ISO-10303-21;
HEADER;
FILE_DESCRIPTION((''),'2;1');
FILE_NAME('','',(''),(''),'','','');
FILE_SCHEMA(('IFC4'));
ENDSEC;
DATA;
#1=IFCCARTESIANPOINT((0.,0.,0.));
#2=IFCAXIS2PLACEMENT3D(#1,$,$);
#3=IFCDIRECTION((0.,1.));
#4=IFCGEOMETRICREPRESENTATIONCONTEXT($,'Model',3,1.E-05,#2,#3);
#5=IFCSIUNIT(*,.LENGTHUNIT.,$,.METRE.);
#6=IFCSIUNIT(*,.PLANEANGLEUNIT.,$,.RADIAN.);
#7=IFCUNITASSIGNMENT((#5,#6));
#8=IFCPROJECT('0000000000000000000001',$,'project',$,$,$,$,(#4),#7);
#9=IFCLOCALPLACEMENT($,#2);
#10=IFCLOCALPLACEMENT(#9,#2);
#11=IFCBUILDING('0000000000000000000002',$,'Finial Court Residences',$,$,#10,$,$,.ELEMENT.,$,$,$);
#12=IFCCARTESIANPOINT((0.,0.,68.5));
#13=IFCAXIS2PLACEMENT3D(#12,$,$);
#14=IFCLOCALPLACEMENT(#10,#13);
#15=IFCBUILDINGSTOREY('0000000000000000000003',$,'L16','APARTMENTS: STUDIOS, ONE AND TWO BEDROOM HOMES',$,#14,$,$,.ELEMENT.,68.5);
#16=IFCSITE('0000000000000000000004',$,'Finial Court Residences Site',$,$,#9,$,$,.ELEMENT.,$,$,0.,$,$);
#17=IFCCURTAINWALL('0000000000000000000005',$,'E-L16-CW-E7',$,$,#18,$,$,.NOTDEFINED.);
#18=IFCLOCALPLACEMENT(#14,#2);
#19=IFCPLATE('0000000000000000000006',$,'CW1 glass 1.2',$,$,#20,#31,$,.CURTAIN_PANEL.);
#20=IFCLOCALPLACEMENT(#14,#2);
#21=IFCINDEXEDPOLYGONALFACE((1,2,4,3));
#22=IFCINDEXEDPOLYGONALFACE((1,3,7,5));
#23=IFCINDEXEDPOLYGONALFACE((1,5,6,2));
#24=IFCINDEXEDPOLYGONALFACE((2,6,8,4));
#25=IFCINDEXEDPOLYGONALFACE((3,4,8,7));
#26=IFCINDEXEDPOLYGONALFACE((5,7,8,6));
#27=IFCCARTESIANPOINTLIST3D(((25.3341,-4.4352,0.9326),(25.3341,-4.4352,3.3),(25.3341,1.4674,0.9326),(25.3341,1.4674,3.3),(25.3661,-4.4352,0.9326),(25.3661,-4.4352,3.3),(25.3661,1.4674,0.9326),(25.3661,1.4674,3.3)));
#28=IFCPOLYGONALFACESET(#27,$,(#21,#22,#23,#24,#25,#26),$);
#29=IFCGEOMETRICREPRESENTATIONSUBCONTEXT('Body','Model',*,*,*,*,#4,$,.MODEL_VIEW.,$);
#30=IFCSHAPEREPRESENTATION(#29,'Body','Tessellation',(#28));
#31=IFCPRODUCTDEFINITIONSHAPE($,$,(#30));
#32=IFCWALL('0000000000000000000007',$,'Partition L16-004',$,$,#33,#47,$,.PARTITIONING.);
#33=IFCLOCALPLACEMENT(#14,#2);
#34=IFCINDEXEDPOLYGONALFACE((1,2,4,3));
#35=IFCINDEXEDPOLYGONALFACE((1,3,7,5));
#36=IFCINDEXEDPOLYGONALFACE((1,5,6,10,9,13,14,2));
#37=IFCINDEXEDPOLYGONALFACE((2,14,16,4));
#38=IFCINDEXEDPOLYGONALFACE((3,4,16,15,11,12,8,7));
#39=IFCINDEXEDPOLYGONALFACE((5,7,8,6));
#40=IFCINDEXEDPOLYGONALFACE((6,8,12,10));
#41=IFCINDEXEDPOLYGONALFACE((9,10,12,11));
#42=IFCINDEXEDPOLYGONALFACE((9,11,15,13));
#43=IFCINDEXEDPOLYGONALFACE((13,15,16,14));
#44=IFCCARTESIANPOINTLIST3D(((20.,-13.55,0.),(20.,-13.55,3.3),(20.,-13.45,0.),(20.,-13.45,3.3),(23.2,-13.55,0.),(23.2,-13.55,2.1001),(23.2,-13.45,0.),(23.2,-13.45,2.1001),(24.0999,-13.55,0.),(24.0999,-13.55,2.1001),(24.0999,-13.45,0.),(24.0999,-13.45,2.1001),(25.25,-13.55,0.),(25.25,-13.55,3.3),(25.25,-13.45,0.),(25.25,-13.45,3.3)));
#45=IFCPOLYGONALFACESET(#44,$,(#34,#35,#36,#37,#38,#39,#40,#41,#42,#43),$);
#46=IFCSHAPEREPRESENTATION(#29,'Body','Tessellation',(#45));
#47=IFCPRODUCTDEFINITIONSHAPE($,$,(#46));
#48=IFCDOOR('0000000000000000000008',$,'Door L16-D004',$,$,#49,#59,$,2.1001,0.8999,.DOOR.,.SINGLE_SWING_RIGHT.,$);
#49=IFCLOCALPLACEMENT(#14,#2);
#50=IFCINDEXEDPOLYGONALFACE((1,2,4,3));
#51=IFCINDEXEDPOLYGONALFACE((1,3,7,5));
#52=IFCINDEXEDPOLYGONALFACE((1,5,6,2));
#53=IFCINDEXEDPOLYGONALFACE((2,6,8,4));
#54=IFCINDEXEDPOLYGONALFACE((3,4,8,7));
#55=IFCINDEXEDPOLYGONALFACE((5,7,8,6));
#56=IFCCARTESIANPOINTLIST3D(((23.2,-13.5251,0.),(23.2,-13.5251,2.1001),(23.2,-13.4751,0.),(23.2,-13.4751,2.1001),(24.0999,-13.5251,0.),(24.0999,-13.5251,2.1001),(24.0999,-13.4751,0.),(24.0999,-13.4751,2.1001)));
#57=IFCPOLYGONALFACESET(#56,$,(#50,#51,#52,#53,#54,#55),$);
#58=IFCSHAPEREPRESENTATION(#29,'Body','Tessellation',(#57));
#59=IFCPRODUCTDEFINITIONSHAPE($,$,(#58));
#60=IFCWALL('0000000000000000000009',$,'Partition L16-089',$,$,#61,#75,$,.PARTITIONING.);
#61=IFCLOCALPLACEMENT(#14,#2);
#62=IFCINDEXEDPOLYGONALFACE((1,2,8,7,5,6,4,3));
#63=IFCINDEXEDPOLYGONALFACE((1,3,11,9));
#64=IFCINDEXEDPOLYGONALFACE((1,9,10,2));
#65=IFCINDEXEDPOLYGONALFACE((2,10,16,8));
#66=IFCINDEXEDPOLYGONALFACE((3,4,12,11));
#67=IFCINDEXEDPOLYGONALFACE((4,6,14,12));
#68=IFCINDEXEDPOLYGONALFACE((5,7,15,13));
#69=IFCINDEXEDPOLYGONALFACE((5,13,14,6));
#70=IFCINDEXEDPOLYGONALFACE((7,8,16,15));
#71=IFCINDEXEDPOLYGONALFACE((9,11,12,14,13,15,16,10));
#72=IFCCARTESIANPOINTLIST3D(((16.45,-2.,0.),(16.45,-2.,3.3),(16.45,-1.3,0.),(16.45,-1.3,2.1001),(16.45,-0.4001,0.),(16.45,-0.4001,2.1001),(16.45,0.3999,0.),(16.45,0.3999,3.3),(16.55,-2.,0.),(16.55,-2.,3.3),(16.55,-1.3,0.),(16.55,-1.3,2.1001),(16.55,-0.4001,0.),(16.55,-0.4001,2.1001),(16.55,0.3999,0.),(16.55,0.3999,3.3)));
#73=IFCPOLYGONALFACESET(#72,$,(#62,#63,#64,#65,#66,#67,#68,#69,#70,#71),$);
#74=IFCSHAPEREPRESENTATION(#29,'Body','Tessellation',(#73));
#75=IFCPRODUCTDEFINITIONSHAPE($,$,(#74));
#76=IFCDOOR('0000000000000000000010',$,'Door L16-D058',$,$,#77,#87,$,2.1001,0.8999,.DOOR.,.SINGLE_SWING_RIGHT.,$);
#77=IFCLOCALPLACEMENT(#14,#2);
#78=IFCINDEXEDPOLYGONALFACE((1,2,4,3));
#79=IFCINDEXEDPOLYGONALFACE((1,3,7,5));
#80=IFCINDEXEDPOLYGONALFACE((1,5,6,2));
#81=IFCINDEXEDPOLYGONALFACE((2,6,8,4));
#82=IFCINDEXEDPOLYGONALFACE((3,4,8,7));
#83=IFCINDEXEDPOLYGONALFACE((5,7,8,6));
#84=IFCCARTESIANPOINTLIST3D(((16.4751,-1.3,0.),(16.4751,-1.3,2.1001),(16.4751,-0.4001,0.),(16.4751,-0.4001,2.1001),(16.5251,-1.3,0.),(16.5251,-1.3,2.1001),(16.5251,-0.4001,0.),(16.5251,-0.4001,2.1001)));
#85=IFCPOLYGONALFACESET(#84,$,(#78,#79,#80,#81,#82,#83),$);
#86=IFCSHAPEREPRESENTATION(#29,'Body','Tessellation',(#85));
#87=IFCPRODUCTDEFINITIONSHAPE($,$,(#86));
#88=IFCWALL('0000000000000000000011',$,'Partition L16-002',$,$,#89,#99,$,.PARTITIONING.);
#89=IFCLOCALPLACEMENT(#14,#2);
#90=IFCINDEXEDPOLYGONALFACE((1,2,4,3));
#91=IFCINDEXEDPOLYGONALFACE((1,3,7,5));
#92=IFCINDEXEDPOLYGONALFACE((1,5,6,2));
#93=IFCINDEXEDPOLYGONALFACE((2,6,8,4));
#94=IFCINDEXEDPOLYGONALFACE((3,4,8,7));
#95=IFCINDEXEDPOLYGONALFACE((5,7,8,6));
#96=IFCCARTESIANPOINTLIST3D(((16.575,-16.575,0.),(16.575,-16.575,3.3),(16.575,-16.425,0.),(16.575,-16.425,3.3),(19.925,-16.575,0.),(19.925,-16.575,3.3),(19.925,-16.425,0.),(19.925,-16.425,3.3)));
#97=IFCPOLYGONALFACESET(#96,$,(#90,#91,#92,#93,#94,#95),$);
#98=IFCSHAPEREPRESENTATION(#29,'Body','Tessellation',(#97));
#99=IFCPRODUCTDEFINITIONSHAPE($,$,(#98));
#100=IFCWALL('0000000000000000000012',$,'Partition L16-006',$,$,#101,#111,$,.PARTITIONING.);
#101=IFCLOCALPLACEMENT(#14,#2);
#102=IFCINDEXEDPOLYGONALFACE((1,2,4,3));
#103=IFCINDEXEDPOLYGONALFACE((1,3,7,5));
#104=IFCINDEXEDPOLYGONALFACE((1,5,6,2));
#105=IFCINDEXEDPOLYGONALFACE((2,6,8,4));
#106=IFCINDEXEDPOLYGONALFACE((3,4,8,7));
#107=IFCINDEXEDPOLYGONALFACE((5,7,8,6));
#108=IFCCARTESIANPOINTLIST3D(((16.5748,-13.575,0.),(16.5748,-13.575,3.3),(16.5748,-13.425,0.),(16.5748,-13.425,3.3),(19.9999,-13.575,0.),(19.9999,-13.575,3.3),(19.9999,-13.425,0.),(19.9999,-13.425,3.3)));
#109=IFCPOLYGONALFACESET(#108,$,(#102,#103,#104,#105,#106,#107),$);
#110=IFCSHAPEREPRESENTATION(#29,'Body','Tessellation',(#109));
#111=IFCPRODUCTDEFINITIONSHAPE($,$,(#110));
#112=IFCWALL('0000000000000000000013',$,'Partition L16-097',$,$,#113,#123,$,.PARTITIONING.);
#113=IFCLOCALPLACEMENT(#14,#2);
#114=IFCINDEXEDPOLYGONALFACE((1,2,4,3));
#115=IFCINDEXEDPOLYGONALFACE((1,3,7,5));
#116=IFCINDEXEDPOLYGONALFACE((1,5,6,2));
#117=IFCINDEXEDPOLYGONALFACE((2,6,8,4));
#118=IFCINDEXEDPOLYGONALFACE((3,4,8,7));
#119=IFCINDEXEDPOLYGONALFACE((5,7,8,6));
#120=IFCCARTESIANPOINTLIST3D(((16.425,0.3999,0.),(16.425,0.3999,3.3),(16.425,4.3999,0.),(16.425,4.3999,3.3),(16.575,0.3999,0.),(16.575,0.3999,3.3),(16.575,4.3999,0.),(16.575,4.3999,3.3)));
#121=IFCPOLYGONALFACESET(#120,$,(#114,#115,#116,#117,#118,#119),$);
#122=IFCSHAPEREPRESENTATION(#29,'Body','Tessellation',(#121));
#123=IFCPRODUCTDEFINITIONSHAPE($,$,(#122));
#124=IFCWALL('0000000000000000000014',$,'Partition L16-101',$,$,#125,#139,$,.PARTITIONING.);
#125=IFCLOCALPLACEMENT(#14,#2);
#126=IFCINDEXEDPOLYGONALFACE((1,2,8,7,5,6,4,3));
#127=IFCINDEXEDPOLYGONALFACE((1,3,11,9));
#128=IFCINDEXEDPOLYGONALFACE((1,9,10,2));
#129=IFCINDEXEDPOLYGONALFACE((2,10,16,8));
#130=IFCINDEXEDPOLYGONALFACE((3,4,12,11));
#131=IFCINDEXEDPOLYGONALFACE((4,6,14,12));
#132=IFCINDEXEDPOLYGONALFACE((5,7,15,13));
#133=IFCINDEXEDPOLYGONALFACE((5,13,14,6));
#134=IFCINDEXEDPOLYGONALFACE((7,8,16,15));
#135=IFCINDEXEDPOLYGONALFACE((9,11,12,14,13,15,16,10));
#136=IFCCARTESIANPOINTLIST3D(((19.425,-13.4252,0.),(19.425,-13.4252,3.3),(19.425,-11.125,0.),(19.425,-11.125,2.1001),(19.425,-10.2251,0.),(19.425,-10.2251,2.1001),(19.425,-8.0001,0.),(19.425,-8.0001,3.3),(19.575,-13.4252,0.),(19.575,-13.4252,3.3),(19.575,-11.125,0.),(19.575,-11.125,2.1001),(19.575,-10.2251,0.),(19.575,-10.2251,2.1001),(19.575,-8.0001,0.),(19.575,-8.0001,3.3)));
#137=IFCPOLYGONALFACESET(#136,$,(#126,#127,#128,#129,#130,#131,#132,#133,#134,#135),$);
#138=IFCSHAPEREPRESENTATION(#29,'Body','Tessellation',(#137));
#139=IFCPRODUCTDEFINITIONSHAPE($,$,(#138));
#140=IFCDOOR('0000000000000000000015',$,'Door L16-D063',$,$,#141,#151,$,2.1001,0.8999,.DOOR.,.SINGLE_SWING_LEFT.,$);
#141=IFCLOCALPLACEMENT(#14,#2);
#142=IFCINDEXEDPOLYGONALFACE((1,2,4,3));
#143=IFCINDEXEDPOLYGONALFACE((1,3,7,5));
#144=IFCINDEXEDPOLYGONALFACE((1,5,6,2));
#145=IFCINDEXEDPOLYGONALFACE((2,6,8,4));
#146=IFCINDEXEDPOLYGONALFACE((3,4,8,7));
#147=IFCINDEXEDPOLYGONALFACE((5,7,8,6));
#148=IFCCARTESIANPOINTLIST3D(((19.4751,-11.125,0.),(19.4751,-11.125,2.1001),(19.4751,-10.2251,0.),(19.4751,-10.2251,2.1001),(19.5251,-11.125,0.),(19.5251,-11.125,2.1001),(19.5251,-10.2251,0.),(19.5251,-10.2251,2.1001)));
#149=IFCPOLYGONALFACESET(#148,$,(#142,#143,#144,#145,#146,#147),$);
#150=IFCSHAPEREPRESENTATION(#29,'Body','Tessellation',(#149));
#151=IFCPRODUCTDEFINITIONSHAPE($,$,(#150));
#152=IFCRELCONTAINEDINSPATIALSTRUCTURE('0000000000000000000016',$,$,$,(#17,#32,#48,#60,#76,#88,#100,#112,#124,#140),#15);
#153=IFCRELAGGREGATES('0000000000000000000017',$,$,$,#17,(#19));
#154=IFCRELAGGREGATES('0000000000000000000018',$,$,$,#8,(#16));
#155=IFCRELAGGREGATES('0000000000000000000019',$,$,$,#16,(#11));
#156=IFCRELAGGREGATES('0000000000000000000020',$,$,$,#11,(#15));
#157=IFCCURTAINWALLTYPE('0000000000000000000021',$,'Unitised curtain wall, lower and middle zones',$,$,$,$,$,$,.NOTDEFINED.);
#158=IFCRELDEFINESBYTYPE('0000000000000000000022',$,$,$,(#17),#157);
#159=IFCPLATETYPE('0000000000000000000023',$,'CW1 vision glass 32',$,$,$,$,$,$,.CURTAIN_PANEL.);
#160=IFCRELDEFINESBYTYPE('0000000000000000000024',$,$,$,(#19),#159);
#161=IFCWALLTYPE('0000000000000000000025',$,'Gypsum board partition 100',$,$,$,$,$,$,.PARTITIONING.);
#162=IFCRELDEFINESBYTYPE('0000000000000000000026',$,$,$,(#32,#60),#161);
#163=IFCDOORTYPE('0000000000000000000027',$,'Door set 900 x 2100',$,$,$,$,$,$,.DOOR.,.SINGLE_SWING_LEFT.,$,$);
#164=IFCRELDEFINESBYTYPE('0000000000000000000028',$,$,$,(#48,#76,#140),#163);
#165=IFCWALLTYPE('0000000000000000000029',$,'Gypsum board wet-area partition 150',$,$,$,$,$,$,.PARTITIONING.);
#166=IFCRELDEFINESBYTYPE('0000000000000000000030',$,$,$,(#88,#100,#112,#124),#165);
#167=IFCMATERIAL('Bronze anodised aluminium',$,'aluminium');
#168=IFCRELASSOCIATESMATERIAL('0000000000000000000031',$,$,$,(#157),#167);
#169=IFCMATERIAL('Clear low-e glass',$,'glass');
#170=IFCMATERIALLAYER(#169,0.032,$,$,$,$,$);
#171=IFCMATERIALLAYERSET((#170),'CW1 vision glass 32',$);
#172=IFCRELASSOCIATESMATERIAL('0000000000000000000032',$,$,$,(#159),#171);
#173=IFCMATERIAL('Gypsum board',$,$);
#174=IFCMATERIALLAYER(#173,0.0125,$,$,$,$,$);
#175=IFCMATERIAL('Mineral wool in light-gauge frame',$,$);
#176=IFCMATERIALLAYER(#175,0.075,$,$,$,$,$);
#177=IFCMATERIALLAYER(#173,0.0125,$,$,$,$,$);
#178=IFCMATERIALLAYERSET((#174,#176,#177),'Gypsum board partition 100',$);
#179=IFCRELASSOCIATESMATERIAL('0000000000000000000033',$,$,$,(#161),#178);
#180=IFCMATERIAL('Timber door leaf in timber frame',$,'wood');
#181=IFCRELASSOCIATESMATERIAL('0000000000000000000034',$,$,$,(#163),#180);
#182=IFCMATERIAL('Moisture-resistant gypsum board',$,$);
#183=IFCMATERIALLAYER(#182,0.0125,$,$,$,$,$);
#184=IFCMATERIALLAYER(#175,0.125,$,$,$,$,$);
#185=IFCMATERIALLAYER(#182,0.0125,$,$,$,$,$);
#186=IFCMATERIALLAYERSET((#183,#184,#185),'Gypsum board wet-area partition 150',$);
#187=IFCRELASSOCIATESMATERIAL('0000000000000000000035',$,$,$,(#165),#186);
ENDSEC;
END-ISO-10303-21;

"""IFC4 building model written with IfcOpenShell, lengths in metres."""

from ifc_helpers import new_model, si_unit, direction, frame, frame_2d, origin, origin_2d, place, context, subcontext, project, spatial, rectangle, extrude, material, layer, layer_set, type_object, element, fill, aggregate, save


model = new_model("IFC4")

# Units and contexts
model_context = context("Model", 3, precision=1e-05, world=origin(), true_north=direction((0.0, 1.0)))
body_context = subcontext(model_context, "Body", "Model", "MODEL_VIEW")
ifc_project = project(units=[si_unit("LENGTHUNIT", "METRE"), si_unit("PLANEANGLEUNIT", "RADIAN")], contexts=[model_context])

# Site, building, storey
site_placement = place(None, origin())
site = spatial("IfcSite", under=ifc_project, at=site_placement, Name="Finial Court Residences Site", CompositionType="ELEMENT", RefElevation=0.0)
building_placement = place(site_placement, origin())
building = spatial("IfcBuilding", under=site, at=building_placement, Name="Finial Court Residences", CompositionType="ELEMENT")
storey_placement = place(building_placement, frame((0.0, 0.0, 68.5)))
storey = spatial("IfcBuildingStorey", under=building, at=storey_placement, Name="L16", Description="APARTMENTS: STUDIOS, ONE AND TWO BEDROOM HOMES", CompositionType="ELEMENT", Elevation=68.5)

# Shared definitions
ifc_material_1 = material(Name="Bronze anodised aluminium", Category="aluminium")
curtain_wall_type = type_object("IfcCurtainWallType", Name="Unitised curtain wall, lower and middle zones", PredefinedType="NOTDEFINED", material=ifc_material_1)

# Curtain wall
curtain_wall_1_placement = place(storey_placement, origin())
curtain_wall_1 = element("IfcCurtainWall", 1, at=curtain_wall_1_placement, inside=storey, type_object=curtain_wall_type, Name="E-L16-CW-E7", PredefinedType="NOTDEFINED")

# Plate
ifc_material_2 = material(Name="Clear low-e glass", Category="glass")
ifc_layer_1 = layer(ifc_material_2, 0.032)
ifc_layer_set_1 = layer_set([ifc_layer_1], Name="CW1 vision glass 32")
plate_type_1 = type_object("IfcPlateType", Name="CW1 vision glass 32", PredefinedType="CURTAIN_PANEL", material=ifc_layer_set_1)
plate_1_placement = place(storey_placement, frame((25.3501, -1.4839, 0.9326), z_axis=(0.0, 0.0, 1.0), x_axis=(0.0, 1.0, 0.0)))
plate_1 = element("IfcPlate", 2, at=plate_1_placement, type_object=plate_type_1, Name="CW1 glass 1.2", PredefinedType="CURTAIN_PANEL", context=body_context, shape_type="SweptSolid", body=[
    extrude(rectangle(XDim=5.9026, YDim=0.032, at=origin_2d()), origin(), (0.0, 0.0, 1.0), 2.3674),
])
aggregate(curtain_wall_1, [plate_1])

# Walls, openings, doors
ifc_material_3 = material(Name="Gypsum board")
ifc_layer_2 = layer(ifc_material_3, 0.0125)
ifc_material_4 = material(Name="Mineral wool in light-gauge frame")
ifc_layer_3 = layer(ifc_material_4, 0.075)
ifc_layer_4 = layer(ifc_material_3, 0.0125)
ifc_layer_set_2 = layer_set([ifc_layer_2, ifc_layer_3, ifc_layer_4], Name="Gypsum board partition 100")
wall_type_1 = type_object("IfcWallType", Name="Gypsum board partition 100", PredefinedType="PARTITIONING", material=ifc_layer_set_2)
wall_1_placement = place(storey_placement, frame((20.0, -13.5, 0.0), z_axis=(0.0, 0.0, 1.0), x_axis=(1.0, 0.0, 0.0)))
wall_1 = element("IfcWall", 3, at=wall_1_placement, inside=storey, type_object=wall_type_1, Name="Partition L16-004", PredefinedType="PARTITIONING", context=body_context, shape_type="SweptSolid", body=[
    extrude(rectangle(XDim=5.25, YDim=0.1001, at=frame_2d((2.625, 0.0))), origin(), (0.0, 0.0, 1.0), 3.3),
])
opening_1_placement = place(wall_1_placement, frame((3.2, 0.0, 0.0)))
opening_1 = element("IfcOpeningElement", 4, at=opening_1_placement, cuts=wall_1, PredefinedType="OPENING", context=body_context, shape_type="SweptSolid", body=[
    extrude(rectangle(XDim=0.8999, YDim=2.1001, at=frame_2d((0.45, 1.05))), frame((0.0, 0.0601, 0.0), z_axis=(0.0, -1.0, 0.0), x_axis=(1.0, 0.0, 0.0)), (0.0, 0.0, 1.0), 0.1201),
])
ifc_material_5 = material(Name="Timber door leaf in timber frame", Category="wood")
door_type = type_object("IfcDoorType", Name="Door set 900 x 2100", OperationType="SINGLE_SWING_LEFT", PredefinedType="DOOR", material=ifc_material_5)
door_1_placement = place(opening_1_placement, origin())
door_1 = element("IfcDoor", 5, at=door_1_placement, inside=storey, type_object=door_type, Name="Door L16-D004", OperationType="SINGLE_SWING_RIGHT", OverallHeight=2.1001, OverallWidth=0.8999, PredefinedType="DOOR", context=body_context, shape_type="SweptSolid", body=[
    extrude(rectangle(XDim=0.8999, YDim=2.1001, at=frame_2d((0.45, 1.05))), frame((0.0, 0.0249, 0.0), z_axis=(0.0, -1.0, 0.0), x_axis=(1.0, 0.0, 0.0)), (0.0, 0.0, 1.0), 0.05),
])
fill(opening_1, door_1)
wall_2_placement = place(storey_placement, frame((16.5, -2.0, 0.0), z_axis=(0.0, 0.0, 1.0), x_axis=(0.0, 1.0, 0.0)))
wall_2 = element("IfcWall", 6, at=wall_2_placement, inside=storey, type_object=wall_type_1, Name="Partition L16-089", PredefinedType="PARTITIONING", context=body_context, shape_type="SweptSolid", body=[
    extrude(rectangle(XDim=2.3999, YDim=0.1001, at=frame_2d((1.2, 0.0))), origin(), (0.0, 0.0, 1.0), 3.3),
])
opening_2_placement = place(wall_2_placement, frame((0.7, 0.0, 0.0)))
opening_2 = element("IfcOpeningElement", 7, at=opening_2_placement, cuts=wall_2, PredefinedType="OPENING", context=body_context, shape_type="SweptSolid", body=[
    extrude(rectangle(XDim=0.8999, YDim=2.1001, at=frame_2d((0.45, 1.05))), frame((0.0, 0.0601, 0.0), z_axis=(0.0, -1.0, 0.0), x_axis=(1.0, 0.0, 0.0)), (0.0, 0.0, 1.0), 0.1201),
])
door_2_placement = place(opening_2_placement, origin())
door_2 = element("IfcDoor", 8, at=door_2_placement, inside=storey, type_object=door_type, Name="Door L16-D058", OperationType="SINGLE_SWING_RIGHT", OverallHeight=2.1001, OverallWidth=0.8999, PredefinedType="DOOR", context=body_context, shape_type="SweptSolid", body=[
    extrude(rectangle(XDim=0.8999, YDim=2.1001, at=frame_2d((0.45, 1.05))), frame((0.0, 0.0249, 0.0), z_axis=(0.0, -1.0, 0.0), x_axis=(1.0, 0.0, 0.0)), (0.0, 0.0, 1.0), 0.05),
])
fill(opening_2, door_2)

# Walls
ifc_material_6 = material(Name="Moisture-resistant gypsum board")
ifc_layer_5 = layer(ifc_material_6, 0.0125)
ifc_layer_6 = layer(ifc_material_4, 0.125)
ifc_layer_7 = layer(ifc_material_6, 0.0125)
ifc_layer_set_3 = layer_set([ifc_layer_5, ifc_layer_6, ifc_layer_7], Name="Gypsum board wet-area partition 150")
wall_type_2 = type_object("IfcWallType", Name="Gypsum board wet-area partition 150", PredefinedType="PARTITIONING", material=ifc_layer_set_3)
wall_3_placement = place(storey_placement, frame((16.575, -16.5, 0.0), z_axis=(0.0, 0.0, 1.0), x_axis=(1.0, 0.0, 0.0)))
element("IfcWall", 9, at=wall_3_placement, inside=storey, type_object=wall_type_2, Name="Partition L16-002", PredefinedType="PARTITIONING", context=body_context, shape_type="SweptSolid", body=[
    extrude(rectangle(XDim=3.3501, YDim=0.1499, at=frame_2d((1.675, 0.0))), origin(), (0.0, 0.0, 1.0), 3.3),
])
wall_4_placement = place(storey_placement, frame((16.575, -13.5, 0.0), z_axis=(0.0, 0.0, 1.0), x_axis=(1.0, 0.0, 0.0)))
element("IfcWall", 10, at=wall_4_placement, inside=storey, type_object=wall_type_2, Name="Partition L16-006", PredefinedType="PARTITIONING", context=body_context, shape_type="SweptSolid", body=[
    extrude(rectangle(XDim=3.425, YDim=0.1499, at=frame_2d((1.7124, 0.0))), origin(), (0.0, 0.0, 1.0), 3.3),
])
wall_5_placement = place(storey_placement, frame((16.5, 0.3999, 0.0), z_axis=(0.0, 0.0, 1.0), x_axis=(0.0, 1.0, 0.0)))
element("IfcWall", 11, at=wall_5_placement, inside=storey, type_object=wall_type_2, Name="Partition L16-097", PredefinedType="PARTITIONING", context=body_context, shape_type="SweptSolid", body=[
    extrude(rectangle(XDim=4.0, YDim=0.1499, at=frame_2d((2.0, 0.0))), origin(), (0.0, 0.0, 1.0), 3.3),
])

# Wall, opening, door
wall_6_placement = place(storey_placement, frame((19.5, -13.425, 0.0), z_axis=(0.0, 0.0, 1.0), x_axis=(0.0, 1.0, 0.0)))
wall_6 = element("IfcWall", 12, at=wall_6_placement, inside=storey, type_object=wall_type_2, Name="Partition L16-101", PredefinedType="PARTITIONING", context=body_context, shape_type="SweptSolid", body=[
    extrude(rectangle(XDim=5.425, YDim=0.1499, at=frame_2d((2.7124, 0.0))), origin(), (0.0, 0.0, 1.0), 3.3),
])
opening_3_placement = place(wall_6_placement, frame((2.3, 0.0, 0.0)))
opening_3 = element("IfcOpeningElement", 13, at=opening_3_placement, cuts=wall_6, PredefinedType="OPENING", context=body_context, shape_type="SweptSolid", body=[
    extrude(rectangle(XDim=0.8999, YDim=2.1001, at=frame_2d((0.45, 1.05))), frame((0.0, 0.085, 0.0), z_axis=(0.0, -1.0, 0.0), x_axis=(1.0, 0.0, 0.0)), (0.0, 0.0, 1.0), 0.1699),
])
door_3_placement = place(opening_3_placement, origin())
door_3 = element("IfcDoor", 14, at=door_3_placement, inside=storey, type_object=door_type, Name="Door L16-D063", OperationType="SINGLE_SWING_LEFT", OverallHeight=2.1001, OverallWidth=0.8999, PredefinedType="DOOR", context=body_context, shape_type="SweptSolid", body=[
    extrude(rectangle(XDim=0.8999, YDim=2.1001, at=frame_2d((0.45, 1.05))), frame((0.0, 0.0249, 0.0), z_axis=(0.0, -1.0, 0.0), x_axis=(1.0, 0.0, 0.0)), (0.0, 0.0, 1.0), 0.05),
])
fill(opening_3, door_3)

save(model, "model.ifc")
